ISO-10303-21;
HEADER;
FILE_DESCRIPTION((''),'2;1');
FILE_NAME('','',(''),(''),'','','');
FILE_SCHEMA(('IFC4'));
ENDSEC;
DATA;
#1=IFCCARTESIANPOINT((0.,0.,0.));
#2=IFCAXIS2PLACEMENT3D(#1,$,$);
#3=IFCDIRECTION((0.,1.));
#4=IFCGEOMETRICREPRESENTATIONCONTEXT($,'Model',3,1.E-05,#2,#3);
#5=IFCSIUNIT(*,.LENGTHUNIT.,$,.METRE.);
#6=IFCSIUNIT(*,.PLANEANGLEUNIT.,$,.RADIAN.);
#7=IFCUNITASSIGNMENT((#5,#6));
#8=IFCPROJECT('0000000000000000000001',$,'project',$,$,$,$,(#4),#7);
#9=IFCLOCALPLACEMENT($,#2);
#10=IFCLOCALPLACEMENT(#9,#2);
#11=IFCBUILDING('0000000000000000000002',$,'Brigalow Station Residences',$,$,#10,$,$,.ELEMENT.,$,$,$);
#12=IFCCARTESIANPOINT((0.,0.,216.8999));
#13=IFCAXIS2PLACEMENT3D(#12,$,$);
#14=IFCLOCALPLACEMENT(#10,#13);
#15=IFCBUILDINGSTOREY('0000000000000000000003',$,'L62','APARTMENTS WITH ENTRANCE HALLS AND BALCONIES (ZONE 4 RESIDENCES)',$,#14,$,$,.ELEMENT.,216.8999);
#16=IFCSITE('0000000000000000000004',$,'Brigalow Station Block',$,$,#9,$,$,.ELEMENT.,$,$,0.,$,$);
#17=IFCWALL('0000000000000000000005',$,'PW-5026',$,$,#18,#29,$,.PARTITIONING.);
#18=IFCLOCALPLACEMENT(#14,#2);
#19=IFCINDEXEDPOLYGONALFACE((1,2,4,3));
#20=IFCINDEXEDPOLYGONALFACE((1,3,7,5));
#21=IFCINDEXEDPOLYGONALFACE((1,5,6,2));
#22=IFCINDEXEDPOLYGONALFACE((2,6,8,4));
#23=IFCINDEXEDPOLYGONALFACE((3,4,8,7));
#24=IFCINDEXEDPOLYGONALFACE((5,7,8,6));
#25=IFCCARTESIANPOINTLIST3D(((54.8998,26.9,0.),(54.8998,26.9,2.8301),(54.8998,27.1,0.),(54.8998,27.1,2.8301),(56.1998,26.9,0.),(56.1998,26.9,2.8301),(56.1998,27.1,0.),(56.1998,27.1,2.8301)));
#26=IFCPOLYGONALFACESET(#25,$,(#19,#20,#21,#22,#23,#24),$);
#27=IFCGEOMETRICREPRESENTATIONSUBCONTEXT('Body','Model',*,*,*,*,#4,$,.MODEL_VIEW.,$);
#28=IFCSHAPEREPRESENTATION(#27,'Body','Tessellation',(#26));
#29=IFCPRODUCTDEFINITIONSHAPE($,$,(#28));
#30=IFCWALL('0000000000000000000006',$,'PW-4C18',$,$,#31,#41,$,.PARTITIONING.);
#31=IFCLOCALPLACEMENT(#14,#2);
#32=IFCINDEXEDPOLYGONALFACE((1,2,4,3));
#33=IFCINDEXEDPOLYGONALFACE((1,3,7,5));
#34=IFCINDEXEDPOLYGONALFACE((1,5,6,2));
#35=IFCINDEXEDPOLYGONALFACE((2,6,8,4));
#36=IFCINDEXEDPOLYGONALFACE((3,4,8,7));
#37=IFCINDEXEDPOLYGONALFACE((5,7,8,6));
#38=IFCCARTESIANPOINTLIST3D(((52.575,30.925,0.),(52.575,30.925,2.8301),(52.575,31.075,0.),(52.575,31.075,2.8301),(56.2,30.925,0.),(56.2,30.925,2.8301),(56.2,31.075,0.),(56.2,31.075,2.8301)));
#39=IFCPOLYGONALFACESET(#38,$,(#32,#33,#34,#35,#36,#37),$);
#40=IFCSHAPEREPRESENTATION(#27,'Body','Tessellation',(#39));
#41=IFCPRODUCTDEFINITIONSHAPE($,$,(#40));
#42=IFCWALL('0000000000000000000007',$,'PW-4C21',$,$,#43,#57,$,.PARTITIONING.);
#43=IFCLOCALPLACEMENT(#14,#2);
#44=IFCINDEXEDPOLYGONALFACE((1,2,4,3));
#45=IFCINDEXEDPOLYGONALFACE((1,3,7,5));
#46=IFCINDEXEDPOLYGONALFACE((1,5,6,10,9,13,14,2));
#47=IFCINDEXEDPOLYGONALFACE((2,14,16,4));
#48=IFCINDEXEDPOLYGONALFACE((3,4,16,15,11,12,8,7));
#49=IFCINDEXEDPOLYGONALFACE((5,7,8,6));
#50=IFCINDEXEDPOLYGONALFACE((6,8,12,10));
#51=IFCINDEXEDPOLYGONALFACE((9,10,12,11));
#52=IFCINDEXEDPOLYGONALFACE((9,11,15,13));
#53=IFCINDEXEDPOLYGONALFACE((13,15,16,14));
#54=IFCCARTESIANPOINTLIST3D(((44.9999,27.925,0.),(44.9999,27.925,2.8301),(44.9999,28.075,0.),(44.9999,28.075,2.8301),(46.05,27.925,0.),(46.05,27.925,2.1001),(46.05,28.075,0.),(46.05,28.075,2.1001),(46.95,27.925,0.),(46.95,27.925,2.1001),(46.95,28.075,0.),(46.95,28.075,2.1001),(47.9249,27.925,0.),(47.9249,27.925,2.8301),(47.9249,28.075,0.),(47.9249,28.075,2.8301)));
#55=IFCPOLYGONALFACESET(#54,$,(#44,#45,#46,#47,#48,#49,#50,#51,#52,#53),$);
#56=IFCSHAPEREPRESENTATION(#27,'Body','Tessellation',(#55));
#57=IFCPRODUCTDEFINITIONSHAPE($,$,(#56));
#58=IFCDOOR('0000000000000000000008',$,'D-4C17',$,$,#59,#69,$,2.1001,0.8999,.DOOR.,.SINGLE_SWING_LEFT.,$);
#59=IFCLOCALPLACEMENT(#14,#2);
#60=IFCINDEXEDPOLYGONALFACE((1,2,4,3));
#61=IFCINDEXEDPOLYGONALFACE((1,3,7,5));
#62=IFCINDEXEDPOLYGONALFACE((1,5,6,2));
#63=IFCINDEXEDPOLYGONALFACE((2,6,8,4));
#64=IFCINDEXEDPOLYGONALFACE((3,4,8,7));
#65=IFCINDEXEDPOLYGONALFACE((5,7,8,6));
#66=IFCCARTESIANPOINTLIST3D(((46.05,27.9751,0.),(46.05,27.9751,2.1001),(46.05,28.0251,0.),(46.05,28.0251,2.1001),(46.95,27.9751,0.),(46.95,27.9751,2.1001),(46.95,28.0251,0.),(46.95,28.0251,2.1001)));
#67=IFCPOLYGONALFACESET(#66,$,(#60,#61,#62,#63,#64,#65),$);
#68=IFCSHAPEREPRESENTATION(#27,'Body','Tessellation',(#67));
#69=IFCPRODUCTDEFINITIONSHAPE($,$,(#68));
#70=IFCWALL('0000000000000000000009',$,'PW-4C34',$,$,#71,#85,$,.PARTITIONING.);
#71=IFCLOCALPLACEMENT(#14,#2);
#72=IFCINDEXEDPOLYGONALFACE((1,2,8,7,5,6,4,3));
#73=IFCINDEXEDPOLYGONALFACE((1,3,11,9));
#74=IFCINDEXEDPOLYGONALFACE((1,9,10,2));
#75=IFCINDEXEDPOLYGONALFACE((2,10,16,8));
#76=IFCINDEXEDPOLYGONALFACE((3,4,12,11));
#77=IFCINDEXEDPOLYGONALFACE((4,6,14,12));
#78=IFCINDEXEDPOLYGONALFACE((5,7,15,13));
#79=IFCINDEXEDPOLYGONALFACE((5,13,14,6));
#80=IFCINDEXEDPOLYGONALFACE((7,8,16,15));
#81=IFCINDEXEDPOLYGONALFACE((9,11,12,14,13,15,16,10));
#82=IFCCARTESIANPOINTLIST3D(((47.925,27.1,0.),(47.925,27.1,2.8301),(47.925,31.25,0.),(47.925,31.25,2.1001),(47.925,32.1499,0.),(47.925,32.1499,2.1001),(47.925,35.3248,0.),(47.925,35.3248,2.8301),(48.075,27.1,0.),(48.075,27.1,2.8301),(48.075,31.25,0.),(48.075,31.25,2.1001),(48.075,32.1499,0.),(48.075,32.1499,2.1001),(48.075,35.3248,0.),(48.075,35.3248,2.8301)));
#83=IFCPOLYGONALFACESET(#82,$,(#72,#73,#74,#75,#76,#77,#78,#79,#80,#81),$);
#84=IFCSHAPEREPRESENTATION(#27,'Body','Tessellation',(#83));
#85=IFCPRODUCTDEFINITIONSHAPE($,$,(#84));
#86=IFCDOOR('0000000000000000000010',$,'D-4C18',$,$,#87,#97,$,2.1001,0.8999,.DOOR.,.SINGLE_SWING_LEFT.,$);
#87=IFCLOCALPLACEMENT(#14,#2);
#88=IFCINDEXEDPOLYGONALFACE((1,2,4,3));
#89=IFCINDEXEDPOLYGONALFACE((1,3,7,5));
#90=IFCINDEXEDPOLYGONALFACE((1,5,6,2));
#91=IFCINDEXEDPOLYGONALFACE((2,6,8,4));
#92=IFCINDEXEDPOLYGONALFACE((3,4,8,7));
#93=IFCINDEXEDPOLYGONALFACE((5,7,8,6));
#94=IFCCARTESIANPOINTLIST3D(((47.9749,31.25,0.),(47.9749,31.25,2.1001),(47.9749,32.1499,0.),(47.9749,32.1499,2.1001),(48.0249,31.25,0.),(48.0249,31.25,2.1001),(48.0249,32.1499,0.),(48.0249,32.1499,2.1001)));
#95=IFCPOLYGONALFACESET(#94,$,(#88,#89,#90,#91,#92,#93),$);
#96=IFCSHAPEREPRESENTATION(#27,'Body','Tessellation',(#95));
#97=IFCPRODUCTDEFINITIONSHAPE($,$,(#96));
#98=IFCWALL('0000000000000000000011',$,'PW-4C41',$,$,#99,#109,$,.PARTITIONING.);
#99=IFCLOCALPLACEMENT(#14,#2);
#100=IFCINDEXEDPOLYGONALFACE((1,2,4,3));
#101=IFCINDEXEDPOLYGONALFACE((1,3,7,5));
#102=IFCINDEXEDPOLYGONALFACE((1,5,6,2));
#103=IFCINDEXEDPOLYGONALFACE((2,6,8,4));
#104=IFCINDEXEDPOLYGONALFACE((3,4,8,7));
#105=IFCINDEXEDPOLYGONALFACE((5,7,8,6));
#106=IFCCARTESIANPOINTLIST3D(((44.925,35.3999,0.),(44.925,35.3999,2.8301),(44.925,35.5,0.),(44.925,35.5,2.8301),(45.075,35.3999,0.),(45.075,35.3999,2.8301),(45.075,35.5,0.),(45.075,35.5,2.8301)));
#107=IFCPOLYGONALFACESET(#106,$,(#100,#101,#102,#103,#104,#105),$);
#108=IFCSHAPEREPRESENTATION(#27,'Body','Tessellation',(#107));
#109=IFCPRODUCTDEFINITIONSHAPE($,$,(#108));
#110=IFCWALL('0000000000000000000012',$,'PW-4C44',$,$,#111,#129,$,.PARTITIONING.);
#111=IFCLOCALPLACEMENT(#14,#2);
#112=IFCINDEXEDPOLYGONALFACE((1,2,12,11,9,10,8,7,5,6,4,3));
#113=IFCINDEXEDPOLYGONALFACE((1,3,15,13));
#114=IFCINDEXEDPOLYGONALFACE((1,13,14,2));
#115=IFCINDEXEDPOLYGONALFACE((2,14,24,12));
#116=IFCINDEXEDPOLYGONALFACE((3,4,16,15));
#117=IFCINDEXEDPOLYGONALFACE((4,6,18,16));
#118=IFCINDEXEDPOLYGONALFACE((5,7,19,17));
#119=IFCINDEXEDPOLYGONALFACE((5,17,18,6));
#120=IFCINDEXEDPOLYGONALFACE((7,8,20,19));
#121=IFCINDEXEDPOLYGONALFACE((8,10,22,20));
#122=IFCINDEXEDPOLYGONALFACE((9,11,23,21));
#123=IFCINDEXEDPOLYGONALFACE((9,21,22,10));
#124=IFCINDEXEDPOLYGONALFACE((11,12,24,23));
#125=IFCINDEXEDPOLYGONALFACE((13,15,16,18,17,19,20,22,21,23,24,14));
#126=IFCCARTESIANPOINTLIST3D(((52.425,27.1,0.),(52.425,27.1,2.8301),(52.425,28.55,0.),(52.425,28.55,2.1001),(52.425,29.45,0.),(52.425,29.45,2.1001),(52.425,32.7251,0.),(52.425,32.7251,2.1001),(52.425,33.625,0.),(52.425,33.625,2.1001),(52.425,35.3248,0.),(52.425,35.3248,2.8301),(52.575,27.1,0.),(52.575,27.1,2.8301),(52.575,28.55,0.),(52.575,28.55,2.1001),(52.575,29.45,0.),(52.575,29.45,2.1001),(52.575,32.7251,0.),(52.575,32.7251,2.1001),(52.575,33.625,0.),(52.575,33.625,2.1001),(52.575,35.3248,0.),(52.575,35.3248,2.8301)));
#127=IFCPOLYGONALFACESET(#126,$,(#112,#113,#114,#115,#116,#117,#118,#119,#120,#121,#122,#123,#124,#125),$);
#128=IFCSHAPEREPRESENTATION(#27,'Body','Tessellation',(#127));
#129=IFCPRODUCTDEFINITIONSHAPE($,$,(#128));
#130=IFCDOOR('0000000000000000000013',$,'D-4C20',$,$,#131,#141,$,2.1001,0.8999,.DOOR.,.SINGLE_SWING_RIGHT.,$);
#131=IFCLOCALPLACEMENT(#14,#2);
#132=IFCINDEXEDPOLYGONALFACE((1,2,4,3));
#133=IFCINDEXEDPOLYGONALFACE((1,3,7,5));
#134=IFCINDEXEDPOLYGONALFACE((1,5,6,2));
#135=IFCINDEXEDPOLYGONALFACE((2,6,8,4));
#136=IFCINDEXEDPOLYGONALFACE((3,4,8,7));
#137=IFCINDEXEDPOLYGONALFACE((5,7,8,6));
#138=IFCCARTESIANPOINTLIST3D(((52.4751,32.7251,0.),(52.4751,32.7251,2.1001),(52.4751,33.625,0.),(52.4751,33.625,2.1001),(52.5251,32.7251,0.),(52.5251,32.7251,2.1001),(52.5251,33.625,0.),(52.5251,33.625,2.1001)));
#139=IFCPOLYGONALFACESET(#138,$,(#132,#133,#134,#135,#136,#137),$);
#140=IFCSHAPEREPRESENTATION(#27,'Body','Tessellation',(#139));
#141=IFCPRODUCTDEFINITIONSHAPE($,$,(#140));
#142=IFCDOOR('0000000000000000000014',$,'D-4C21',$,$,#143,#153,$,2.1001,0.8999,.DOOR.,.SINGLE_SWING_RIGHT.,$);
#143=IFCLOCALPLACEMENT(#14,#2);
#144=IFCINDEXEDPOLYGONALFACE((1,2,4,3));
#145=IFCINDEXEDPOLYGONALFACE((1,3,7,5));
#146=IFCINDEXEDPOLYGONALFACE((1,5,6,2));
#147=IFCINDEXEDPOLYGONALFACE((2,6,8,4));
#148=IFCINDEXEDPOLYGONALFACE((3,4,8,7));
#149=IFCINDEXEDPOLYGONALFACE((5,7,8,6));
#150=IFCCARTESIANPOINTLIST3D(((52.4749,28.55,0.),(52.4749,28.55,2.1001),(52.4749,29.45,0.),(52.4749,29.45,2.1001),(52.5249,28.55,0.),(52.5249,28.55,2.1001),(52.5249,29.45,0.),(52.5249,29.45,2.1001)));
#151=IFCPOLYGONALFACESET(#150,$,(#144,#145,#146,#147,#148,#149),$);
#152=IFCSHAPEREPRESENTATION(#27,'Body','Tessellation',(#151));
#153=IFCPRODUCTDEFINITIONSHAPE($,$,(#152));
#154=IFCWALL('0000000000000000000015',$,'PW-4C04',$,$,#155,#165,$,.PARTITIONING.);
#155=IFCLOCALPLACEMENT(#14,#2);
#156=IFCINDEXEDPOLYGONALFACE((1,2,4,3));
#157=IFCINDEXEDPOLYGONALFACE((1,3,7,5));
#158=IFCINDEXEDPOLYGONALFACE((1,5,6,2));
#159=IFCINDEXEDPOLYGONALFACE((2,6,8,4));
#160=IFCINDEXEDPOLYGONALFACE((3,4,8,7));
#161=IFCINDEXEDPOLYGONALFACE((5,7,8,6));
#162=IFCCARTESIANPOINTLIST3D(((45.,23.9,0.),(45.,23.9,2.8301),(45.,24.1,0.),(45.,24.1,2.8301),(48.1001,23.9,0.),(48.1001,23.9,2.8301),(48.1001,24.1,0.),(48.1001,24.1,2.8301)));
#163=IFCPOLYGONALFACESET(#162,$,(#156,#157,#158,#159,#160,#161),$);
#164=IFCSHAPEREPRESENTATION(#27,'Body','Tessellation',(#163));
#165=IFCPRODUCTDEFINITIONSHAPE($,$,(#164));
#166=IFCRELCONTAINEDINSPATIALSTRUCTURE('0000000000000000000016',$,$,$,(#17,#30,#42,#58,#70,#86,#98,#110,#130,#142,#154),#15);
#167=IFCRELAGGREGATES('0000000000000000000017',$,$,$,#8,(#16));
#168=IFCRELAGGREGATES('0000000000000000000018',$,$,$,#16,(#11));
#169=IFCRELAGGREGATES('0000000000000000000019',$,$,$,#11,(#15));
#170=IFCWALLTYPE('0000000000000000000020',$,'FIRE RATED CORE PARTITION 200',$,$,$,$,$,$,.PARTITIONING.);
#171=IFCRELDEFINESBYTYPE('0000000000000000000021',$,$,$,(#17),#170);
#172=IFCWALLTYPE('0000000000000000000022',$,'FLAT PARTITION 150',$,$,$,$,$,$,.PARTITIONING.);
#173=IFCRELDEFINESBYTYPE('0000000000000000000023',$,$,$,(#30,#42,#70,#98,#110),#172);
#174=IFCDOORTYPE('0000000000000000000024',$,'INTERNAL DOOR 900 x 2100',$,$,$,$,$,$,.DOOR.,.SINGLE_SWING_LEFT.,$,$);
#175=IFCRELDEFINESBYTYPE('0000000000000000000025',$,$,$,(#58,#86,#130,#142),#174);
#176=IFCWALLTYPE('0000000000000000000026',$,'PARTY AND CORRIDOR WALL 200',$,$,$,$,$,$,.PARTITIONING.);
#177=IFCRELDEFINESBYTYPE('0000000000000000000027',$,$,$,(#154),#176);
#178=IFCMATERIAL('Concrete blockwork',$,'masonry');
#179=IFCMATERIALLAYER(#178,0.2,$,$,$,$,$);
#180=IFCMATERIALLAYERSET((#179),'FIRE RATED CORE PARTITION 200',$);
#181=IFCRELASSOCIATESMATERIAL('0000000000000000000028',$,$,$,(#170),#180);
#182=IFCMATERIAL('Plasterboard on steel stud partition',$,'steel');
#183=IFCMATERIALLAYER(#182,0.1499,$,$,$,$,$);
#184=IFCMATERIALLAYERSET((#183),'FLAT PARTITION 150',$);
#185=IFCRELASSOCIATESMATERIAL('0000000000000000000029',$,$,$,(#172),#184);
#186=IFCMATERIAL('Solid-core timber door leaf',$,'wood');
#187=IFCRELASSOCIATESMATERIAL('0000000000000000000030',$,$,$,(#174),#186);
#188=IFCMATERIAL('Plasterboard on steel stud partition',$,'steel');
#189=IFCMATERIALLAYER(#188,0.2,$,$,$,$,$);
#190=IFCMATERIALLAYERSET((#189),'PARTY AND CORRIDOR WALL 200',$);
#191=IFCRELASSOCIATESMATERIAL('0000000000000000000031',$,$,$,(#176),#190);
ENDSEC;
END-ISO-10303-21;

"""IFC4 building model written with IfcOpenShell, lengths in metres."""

from ifc_helpers import new_model, si_unit, direction, frame, frame_2d, origin, place, context, subcontext, project, spatial, rectangle, extrude, material, layer, layer_set, type_object, element, fill, save


model = new_model("IFC4")

# Units and contexts
model_context = context("Model", 3, precision=1e-05, world=origin(), true_north=direction((0.0, 1.0)))
body_context = subcontext(model_context, "Body", "Model", "MODEL_VIEW")
ifc_project = project(units=[si_unit("LENGTHUNIT", "METRE"), si_unit("PLANEANGLEUNIT", "RADIAN")], contexts=[model_context])

# Site, building, storey
site_placement = place(None, origin())
site = spatial("IfcSite", under=ifc_project, at=site_placement, Name="Brigalow Station Block", CompositionType="ELEMENT", RefElevation=0.0)
building_placement = place(site_placement, origin())
building = spatial("IfcBuilding", under=site, at=building_placement, Name="Brigalow Station Residences", CompositionType="ELEMENT")
storey_placement = place(building_placement, frame((0.0, 0.0, 216.8999)))
storey = spatial("IfcBuildingStorey", under=building, at=storey_placement, Name="L62", Description="APARTMENTS WITH ENTRANCE HALLS AND BALCONIES (ZONE 4 RESIDENCES)", CompositionType="ELEMENT", Elevation=216.8999)

# Walls
ifc_material_1 = material(Name="Concrete blockwork", Category="masonry")
ifc_layer_1 = layer(ifc_material_1, 0.2)
ifc_layer_set_1 = layer_set([ifc_layer_1], Name="FIRE RATED CORE PARTITION 200")
wall_type_1 = type_object("IfcWallType", Name="FIRE RATED CORE PARTITION 200", PredefinedType="PARTITIONING", material=ifc_layer_set_1)
wall_1_placement = place(storey_placement, frame((54.8999, 27.0, 0.0), z_axis=(0.0, 0.0, 1.0), x_axis=(1.0, 0.0, 0.0)))
element("IfcWall", 1, at=wall_1_placement, inside=storey, type_object=wall_type_1, Name="PW-5026", PredefinedType="PARTITIONING", context=body_context, shape_type="SweptSolid", body=[
    extrude(rectangle(XDim=1.3, YDim=0.2, at=frame_2d((0.6499, 0.0))), origin(), (0.0, 0.0, 1.0), 2.8301),
])
ifc_material_2 = material(Name="Plasterboard on steel stud partition", Category="steel")
ifc_layer_2 = layer(ifc_material_2, 0.1499)
ifc_layer_set_2 = layer_set([ifc_layer_2], Name="FLAT PARTITION 150")
wall_type_2 = type_object("IfcWallType", Name="FLAT PARTITION 150", PredefinedType="PARTITIONING", material=ifc_layer_set_2)
wall_2_placement = place(storey_placement, frame((52.575, 31.0, 0.0), z_axis=(0.0, 0.0, 1.0), x_axis=(1.0, 0.0, 0.0)))
element("IfcWall", 2, at=wall_2_placement, inside=storey, type_object=wall_type_2, Name="PW-4C18", PredefinedType="PARTITIONING", context=body_context, shape_type="SweptSolid", body=[
    extrude(rectangle(XDim=3.625, YDim=0.1499, at=frame_2d((1.8125, 0.0))), origin(), (0.0, 0.0, 1.0), 2.8301),
])

# Walls, openings, doors
wall_3_placement = place(storey_placement, frame((45.0, 28.0, 0.0), z_axis=(0.0, 0.0, 1.0), x_axis=(1.0, 0.0, 0.0)))
wall_3 = element("IfcWall", 3, at=wall_3_placement, inside=storey, type_object=wall_type_2, Name="PW-4C21", PredefinedType="PARTITIONING", context=body_context, shape_type="SweptSolid", body=[
    extrude(rectangle(XDim=2.925, YDim=0.1499, at=frame_2d((1.4624, 0.0))), origin(), (0.0, 0.0, 1.0), 2.8301),
])
opening_1_placement = place(wall_3_placement, frame((1.05, 0.0, 0.0)))
opening_1 = element("IfcOpeningElement", 4, at=opening_1_placement, cuts=wall_3, PredefinedType="OPENING", context=body_context, shape_type="SweptSolid", body=[
    extrude(rectangle(XDim=0.8999, YDim=2.1001, at=frame_2d((0.45, 1.05))), frame((0.0, 0.085, 0.0), z_axis=(0.0, -1.0, 0.0), x_axis=(1.0, 0.0, 0.0)), (0.0, 0.0, 1.0), 0.1699),
])
ifc_material_3 = material(Name="Solid-core timber door leaf", Category="wood")
door_type_1 = type_object("IfcDoorType", Name="INTERNAL DOOR 900 x 2100", OperationType="SINGLE_SWING_LEFT", PredefinedType="DOOR", material=ifc_material_3)
door_1_placement = place(opening_1_placement, frame((0.8999, 0.0, 0.0), z_axis=(0.0, 0.0, 1.0), x_axis=(-1.0, 0.0, 0.0)))
door_1 = element("IfcDoor", 5, at=door_1_placement, inside=storey, type_object=door_type_1, Name="D-4C17", OperationType="SINGLE_SWING_LEFT", OverallHeight=2.1001, OverallWidth=0.8999, PredefinedType="DOOR", context=body_context, shape_type="SweptSolid", body=[
    extrude(rectangle(XDim=0.8999, YDim=2.1001, at=frame_2d((0.45, 1.05))), frame((0.0, 0.0249, 0.0), z_axis=(0.0, -1.0, 0.0), x_axis=(1.0, 0.0, 0.0)), (0.0, 0.0, 1.0), 0.05),
])
fill(opening_1, door_1)
wall_4_placement = place(storey_placement, frame((48.0, 27.1001, 0.0), z_axis=(0.0, 0.0, 1.0), x_axis=(0.0, 1.0, 0.0)))
wall_4 = element("IfcWall", 6, at=wall_4_placement, inside=storey, type_object=wall_type_2, Name="PW-4C34", PredefinedType="PARTITIONING", context=body_context, shape_type="SweptSolid", body=[
    extrude(rectangle(XDim=8.2249, YDim=0.1499, at=frame_2d((4.1123, 0.0))), origin(), (0.0, 0.0, 1.0), 2.8301),
])
opening_2_placement = place(wall_4_placement, frame((4.1499, 0.0, 0.0)))
opening_2 = element("IfcOpeningElement", 7, at=opening_2_placement, cuts=wall_4, PredefinedType="OPENING", context=body_context, shape_type="SweptSolid", body=[
    extrude(rectangle(XDim=0.8999, YDim=2.1001, at=frame_2d((0.45, 1.05))), frame((0.0, 0.085, 0.0), z_axis=(0.0, -1.0, 0.0), x_axis=(1.0, 0.0, 0.0)), (0.0, 0.0, 1.0), 0.1699),
])
door_2_placement = place(opening_2_placement, frame((0.8999, 0.0, 0.0), z_axis=(0.0, 0.0, 1.0), x_axis=(-1.0, 0.0, 0.0)))
door_2 = element("IfcDoor", 8, at=door_2_placement, inside=storey, type_object=door_type_1, Name="D-4C18", OperationType="SINGLE_SWING_LEFT", OverallHeight=2.1001, OverallWidth=0.8999, PredefinedType="DOOR", context=body_context, shape_type="SweptSolid", body=[
    extrude(rectangle(XDim=0.8999, YDim=2.1001, at=frame_2d((0.45, 1.05))), frame((0.0, 0.0249, 0.0), z_axis=(0.0, -1.0, 0.0), x_axis=(1.0, 0.0, 0.0)), (0.0, 0.0, 1.0), 0.05),
])
fill(opening_2, door_2)

# Wall
wall_5_placement = place(storey_placement, frame((45.0, 35.3999, 0.0), z_axis=(0.0, 0.0, 1.0), x_axis=(0.0, 1.0, 0.0)))
element("IfcWall", 9, at=wall_5_placement, inside=storey, type_object=wall_type_2, Name="PW-4C41", PredefinedType="PARTITIONING", context=body_context, shape_type="SweptSolid", body=[
    extrude(rectangle(XDim=0.1001, YDim=0.1499, at=frame_2d((0.05, 0.0))), origin(), (0.0, 0.0, 1.0), 2.8301),
])

# Wall, openings, doors
wall_6_placement = place(storey_placement, frame((52.5, 27.1001, 0.0), z_axis=(0.0, 0.0, 1.0), x_axis=(0.0, 1.0, 0.0)))
wall_6 = element("IfcWall", 10, at=wall_6_placement, inside=storey, type_object=wall_type_2, Name="PW-4C44", PredefinedType="PARTITIONING", context=body_context, shape_type="SweptSolid", body=[
    extrude(rectangle(XDim=8.2249, YDim=0.1499, at=frame_2d((4.1123, 0.0))), origin(), (0.0, 0.0, 1.0), 2.8301),
])
opening_3_placement = place(wall_6_placement, frame((5.625, 0.0, 0.0)))
opening_3 = element("IfcOpeningElement", 11, at=opening_3_placement, cuts=wall_6, PredefinedType="OPENING", context=body_context, shape_type="SweptSolid", body=[
    extrude(rectangle(XDim=0.8999, YDim=2.1001, at=frame_2d((0.45, 1.05))), frame((0.0, 0.085, 0.0), z_axis=(0.0, -1.0, 0.0), x_axis=(1.0, 0.0, 0.0)), (0.0, 0.0, 1.0), 0.1699),
])
opening_4_placement = place(wall_6_placement, frame((1.45, 0.0, 0.0)))
opening_4 = element("IfcOpeningElement", 12, at=opening_4_placement, cuts=wall_6, PredefinedType="OPENING", context=body_context, shape_type="SweptSolid", body=[
    extrude(rectangle(XDim=0.8999, YDim=2.1001, at=frame_2d((0.45, 1.05))), frame((0.0, 0.085, 0.0), z_axis=(0.0, -1.0, 0.0), x_axis=(1.0, 0.0, 0.0)), (0.0, 0.0, 1.0), 0.1699),
])
door_3_placement = place(opening_3_placement, origin())
door_3 = element("IfcDoor", 13, at=door_3_placement, inside=storey, type_object=door_type_1, Name="D-4C20", OperationType="SINGLE_SWING_RIGHT", OverallHeight=2.1001, OverallWidth=0.8999, PredefinedType="DOOR", context=body_context, shape_type="SweptSolid", body=[
    extrude(rectangle(XDim=0.8999, YDim=2.1001, at=frame_2d((0.45, 1.05))), frame((0.0, 0.0249, 0.0), z_axis=(0.0, -1.0, 0.0), x_axis=(1.0, 0.0, 0.0)), (0.0, 0.0, 1.0), 0.05),
])
fill(opening_3, door_3)
door_4_placement = place(opening_4_placement, frame((0.8999, 0.0, 0.0), z_axis=(0.0, 0.0, 1.0), x_axis=(-1.0, 0.0, 0.0)))
door_4 = element("IfcDoor", 14, at=door_4_placement, inside=storey, type_object=door_type_1, Name="D-4C21", OperationType="SINGLE_SWING_RIGHT", OverallHeight=2.1001, OverallWidth=0.8999, PredefinedType="DOOR", context=body_context, shape_type="SweptSolid", body=[
    extrude(rectangle(XDim=0.8999, YDim=2.1001, at=frame_2d((0.45, 1.05))), frame((0.0, 0.0249, 0.0), z_axis=(0.0, -1.0, 0.0), x_axis=(1.0, 0.0, 0.0)), (0.0, 0.0, 1.0), 0.05),
])
fill(opening_4, door_4)

# Wall
ifc_material_4 = material(Name="Plasterboard on steel stud partition", Category="steel")
ifc_layer_3 = layer(ifc_material_4, 0.2)
ifc_layer_set_3 = layer_set([ifc_layer_3], Name="PARTY AND CORRIDOR WALL 200")
wall_type_3 = type_object("IfcWallType", Name="PARTY AND CORRIDOR WALL 200", PredefinedType="PARTITIONING", material=ifc_layer_set_3)
wall_7_placement = place(storey_placement, frame((45.0, 24.0, 0.0), z_axis=(0.0, 0.0, 1.0), x_axis=(1.0, 0.0, 0.0)))
element("IfcWall", 15, at=wall_7_placement, inside=storey, type_object=wall_type_3, Name="PW-4C04", PredefinedType="PARTITIONING", context=body_context, shape_type="SweptSolid", body=[
    extrude(rectangle(XDim=3.1001, YDim=0.2, at=frame_2d((1.55, 0.0))), origin(), (0.0, 0.0, 1.0), 2.8301),
])

save(model, "model.ifc")
